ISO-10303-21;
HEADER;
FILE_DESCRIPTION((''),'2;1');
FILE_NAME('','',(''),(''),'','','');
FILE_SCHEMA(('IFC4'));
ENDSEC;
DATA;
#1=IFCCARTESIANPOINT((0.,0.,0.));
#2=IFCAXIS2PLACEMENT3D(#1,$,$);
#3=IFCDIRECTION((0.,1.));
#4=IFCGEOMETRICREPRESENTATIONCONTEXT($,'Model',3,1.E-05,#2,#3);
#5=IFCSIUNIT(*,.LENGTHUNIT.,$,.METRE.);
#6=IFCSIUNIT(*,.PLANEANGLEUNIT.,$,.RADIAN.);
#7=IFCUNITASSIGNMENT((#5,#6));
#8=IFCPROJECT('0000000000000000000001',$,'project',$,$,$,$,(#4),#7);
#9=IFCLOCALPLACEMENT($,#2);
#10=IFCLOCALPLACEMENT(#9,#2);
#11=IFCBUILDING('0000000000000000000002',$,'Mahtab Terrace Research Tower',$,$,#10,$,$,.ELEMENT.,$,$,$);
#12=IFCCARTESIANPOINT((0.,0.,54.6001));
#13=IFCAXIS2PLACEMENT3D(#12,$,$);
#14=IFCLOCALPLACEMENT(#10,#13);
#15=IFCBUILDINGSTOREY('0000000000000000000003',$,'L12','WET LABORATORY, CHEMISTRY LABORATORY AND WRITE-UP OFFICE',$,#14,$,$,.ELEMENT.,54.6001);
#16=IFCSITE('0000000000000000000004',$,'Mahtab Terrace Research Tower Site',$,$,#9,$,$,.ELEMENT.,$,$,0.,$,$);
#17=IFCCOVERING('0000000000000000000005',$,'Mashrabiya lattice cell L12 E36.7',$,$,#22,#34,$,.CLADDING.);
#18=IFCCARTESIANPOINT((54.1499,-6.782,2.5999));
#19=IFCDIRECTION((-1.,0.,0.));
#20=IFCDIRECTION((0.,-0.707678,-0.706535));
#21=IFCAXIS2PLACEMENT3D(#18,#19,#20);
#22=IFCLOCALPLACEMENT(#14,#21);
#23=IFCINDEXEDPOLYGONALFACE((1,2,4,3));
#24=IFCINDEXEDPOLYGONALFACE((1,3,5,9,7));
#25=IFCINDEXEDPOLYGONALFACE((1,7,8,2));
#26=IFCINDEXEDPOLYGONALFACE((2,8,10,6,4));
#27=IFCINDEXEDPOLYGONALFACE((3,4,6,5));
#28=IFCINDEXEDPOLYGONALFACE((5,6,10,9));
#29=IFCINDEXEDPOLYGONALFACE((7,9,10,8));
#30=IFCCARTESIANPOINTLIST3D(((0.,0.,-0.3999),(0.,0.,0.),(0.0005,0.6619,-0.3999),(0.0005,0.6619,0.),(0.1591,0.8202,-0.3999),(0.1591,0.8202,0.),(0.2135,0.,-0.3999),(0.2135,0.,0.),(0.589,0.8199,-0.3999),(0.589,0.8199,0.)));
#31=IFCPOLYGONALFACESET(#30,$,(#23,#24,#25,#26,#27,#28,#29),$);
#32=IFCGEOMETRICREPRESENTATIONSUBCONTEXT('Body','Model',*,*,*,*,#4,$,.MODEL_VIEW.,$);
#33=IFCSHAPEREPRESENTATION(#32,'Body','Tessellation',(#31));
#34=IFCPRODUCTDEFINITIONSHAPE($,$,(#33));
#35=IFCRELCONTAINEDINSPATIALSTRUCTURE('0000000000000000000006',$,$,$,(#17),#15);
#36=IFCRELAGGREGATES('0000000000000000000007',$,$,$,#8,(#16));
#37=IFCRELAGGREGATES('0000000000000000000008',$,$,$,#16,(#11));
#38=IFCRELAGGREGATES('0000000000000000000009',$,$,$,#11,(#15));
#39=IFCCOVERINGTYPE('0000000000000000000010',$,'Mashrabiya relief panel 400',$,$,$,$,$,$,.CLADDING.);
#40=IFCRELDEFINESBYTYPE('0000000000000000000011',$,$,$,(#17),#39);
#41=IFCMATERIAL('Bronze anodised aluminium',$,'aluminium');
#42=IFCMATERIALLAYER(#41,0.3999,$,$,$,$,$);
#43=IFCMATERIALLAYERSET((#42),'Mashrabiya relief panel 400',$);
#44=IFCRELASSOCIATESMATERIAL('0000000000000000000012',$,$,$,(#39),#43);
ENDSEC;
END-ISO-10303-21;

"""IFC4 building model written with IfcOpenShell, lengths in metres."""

from ifc_helpers import new_model, si_unit, direction, frame, origin, place, context, subcontext, project, spatial, polyline, outline, extrude, material, layer, layer_set, type_object, element, save


model = new_model("IFC4")

# Units and contexts
model_context = context("Model", 3, precision=1e-05, world=origin(), true_north=direction((0.0, 1.0)))
body_context = subcontext(model_context, "Body", "Model", "MODEL_VIEW")
ifc_project = project(units=[si_unit("LENGTHUNIT", "METRE"), si_unit("PLANEANGLEUNIT", "RADIAN")], contexts=[model_context])

# Site, building, storey
site_placement = place(None, origin())
site = spatial("IfcSite", under=ifc_project, at=site_placement, Name="Mahtab Terrace Research Tower Site", CompositionType="ELEMENT", RefElevation=0.0)
building_placement = place(site_placement, origin())
building = spatial("IfcBuilding", under=site, at=building_placement, Name="Mahtab Terrace Research Tower", CompositionType="ELEMENT")
storey_placement = place(building_placement, frame((0.0, 0.0, 54.6001)))
storey = spatial("IfcBuildingStorey", under=building, at=storey_placement, Name="L12", Description="WET LABORATORY, CHEMISTRY LABORATORY AND WRITE-UP OFFICE", CompositionType="ELEMENT", Elevation=54.6001)

# Covering
ifc_material_1 = material(Name="Bronze anodised aluminium", Category="aluminium")
ifc_layer_1 = layer(ifc_material_1, 0.3999)
ifc_layer_set_1 = layer_set([ifc_layer_1], Name="Mashrabiya relief panel 400")
covering_type = type_object("IfcCoveringType", Name="Mashrabiya relief panel 400", PredefinedType="CLADDING", material=ifc_layer_set_1)
covering_1_placement = place(storey_placement, frame((54.1499, -6.782, 2.5999), z_axis=(-1.0, 0.0, 0.0), x_axis=(0.0, -0.707678, -0.706535)))
element("IfcCovering", 1, at=covering_1_placement, inside=storey, type_object=covering_type, Name="Mashrabiya lattice cell L12 E36.7", PredefinedType="CLADDING", context=body_context, shape_type="SweptSolid", body=[
    extrude(outline(polyline([(0.0, 0.0), (0.2135, 0.0), (0.589, 0.8199), (0.1591, 0.8202), (0.0005, 0.6619), (0.0, 0.0)])), origin(), (0.0, 0.0, -1.0), 0.3999),
])

save(model, "model.ifc")
